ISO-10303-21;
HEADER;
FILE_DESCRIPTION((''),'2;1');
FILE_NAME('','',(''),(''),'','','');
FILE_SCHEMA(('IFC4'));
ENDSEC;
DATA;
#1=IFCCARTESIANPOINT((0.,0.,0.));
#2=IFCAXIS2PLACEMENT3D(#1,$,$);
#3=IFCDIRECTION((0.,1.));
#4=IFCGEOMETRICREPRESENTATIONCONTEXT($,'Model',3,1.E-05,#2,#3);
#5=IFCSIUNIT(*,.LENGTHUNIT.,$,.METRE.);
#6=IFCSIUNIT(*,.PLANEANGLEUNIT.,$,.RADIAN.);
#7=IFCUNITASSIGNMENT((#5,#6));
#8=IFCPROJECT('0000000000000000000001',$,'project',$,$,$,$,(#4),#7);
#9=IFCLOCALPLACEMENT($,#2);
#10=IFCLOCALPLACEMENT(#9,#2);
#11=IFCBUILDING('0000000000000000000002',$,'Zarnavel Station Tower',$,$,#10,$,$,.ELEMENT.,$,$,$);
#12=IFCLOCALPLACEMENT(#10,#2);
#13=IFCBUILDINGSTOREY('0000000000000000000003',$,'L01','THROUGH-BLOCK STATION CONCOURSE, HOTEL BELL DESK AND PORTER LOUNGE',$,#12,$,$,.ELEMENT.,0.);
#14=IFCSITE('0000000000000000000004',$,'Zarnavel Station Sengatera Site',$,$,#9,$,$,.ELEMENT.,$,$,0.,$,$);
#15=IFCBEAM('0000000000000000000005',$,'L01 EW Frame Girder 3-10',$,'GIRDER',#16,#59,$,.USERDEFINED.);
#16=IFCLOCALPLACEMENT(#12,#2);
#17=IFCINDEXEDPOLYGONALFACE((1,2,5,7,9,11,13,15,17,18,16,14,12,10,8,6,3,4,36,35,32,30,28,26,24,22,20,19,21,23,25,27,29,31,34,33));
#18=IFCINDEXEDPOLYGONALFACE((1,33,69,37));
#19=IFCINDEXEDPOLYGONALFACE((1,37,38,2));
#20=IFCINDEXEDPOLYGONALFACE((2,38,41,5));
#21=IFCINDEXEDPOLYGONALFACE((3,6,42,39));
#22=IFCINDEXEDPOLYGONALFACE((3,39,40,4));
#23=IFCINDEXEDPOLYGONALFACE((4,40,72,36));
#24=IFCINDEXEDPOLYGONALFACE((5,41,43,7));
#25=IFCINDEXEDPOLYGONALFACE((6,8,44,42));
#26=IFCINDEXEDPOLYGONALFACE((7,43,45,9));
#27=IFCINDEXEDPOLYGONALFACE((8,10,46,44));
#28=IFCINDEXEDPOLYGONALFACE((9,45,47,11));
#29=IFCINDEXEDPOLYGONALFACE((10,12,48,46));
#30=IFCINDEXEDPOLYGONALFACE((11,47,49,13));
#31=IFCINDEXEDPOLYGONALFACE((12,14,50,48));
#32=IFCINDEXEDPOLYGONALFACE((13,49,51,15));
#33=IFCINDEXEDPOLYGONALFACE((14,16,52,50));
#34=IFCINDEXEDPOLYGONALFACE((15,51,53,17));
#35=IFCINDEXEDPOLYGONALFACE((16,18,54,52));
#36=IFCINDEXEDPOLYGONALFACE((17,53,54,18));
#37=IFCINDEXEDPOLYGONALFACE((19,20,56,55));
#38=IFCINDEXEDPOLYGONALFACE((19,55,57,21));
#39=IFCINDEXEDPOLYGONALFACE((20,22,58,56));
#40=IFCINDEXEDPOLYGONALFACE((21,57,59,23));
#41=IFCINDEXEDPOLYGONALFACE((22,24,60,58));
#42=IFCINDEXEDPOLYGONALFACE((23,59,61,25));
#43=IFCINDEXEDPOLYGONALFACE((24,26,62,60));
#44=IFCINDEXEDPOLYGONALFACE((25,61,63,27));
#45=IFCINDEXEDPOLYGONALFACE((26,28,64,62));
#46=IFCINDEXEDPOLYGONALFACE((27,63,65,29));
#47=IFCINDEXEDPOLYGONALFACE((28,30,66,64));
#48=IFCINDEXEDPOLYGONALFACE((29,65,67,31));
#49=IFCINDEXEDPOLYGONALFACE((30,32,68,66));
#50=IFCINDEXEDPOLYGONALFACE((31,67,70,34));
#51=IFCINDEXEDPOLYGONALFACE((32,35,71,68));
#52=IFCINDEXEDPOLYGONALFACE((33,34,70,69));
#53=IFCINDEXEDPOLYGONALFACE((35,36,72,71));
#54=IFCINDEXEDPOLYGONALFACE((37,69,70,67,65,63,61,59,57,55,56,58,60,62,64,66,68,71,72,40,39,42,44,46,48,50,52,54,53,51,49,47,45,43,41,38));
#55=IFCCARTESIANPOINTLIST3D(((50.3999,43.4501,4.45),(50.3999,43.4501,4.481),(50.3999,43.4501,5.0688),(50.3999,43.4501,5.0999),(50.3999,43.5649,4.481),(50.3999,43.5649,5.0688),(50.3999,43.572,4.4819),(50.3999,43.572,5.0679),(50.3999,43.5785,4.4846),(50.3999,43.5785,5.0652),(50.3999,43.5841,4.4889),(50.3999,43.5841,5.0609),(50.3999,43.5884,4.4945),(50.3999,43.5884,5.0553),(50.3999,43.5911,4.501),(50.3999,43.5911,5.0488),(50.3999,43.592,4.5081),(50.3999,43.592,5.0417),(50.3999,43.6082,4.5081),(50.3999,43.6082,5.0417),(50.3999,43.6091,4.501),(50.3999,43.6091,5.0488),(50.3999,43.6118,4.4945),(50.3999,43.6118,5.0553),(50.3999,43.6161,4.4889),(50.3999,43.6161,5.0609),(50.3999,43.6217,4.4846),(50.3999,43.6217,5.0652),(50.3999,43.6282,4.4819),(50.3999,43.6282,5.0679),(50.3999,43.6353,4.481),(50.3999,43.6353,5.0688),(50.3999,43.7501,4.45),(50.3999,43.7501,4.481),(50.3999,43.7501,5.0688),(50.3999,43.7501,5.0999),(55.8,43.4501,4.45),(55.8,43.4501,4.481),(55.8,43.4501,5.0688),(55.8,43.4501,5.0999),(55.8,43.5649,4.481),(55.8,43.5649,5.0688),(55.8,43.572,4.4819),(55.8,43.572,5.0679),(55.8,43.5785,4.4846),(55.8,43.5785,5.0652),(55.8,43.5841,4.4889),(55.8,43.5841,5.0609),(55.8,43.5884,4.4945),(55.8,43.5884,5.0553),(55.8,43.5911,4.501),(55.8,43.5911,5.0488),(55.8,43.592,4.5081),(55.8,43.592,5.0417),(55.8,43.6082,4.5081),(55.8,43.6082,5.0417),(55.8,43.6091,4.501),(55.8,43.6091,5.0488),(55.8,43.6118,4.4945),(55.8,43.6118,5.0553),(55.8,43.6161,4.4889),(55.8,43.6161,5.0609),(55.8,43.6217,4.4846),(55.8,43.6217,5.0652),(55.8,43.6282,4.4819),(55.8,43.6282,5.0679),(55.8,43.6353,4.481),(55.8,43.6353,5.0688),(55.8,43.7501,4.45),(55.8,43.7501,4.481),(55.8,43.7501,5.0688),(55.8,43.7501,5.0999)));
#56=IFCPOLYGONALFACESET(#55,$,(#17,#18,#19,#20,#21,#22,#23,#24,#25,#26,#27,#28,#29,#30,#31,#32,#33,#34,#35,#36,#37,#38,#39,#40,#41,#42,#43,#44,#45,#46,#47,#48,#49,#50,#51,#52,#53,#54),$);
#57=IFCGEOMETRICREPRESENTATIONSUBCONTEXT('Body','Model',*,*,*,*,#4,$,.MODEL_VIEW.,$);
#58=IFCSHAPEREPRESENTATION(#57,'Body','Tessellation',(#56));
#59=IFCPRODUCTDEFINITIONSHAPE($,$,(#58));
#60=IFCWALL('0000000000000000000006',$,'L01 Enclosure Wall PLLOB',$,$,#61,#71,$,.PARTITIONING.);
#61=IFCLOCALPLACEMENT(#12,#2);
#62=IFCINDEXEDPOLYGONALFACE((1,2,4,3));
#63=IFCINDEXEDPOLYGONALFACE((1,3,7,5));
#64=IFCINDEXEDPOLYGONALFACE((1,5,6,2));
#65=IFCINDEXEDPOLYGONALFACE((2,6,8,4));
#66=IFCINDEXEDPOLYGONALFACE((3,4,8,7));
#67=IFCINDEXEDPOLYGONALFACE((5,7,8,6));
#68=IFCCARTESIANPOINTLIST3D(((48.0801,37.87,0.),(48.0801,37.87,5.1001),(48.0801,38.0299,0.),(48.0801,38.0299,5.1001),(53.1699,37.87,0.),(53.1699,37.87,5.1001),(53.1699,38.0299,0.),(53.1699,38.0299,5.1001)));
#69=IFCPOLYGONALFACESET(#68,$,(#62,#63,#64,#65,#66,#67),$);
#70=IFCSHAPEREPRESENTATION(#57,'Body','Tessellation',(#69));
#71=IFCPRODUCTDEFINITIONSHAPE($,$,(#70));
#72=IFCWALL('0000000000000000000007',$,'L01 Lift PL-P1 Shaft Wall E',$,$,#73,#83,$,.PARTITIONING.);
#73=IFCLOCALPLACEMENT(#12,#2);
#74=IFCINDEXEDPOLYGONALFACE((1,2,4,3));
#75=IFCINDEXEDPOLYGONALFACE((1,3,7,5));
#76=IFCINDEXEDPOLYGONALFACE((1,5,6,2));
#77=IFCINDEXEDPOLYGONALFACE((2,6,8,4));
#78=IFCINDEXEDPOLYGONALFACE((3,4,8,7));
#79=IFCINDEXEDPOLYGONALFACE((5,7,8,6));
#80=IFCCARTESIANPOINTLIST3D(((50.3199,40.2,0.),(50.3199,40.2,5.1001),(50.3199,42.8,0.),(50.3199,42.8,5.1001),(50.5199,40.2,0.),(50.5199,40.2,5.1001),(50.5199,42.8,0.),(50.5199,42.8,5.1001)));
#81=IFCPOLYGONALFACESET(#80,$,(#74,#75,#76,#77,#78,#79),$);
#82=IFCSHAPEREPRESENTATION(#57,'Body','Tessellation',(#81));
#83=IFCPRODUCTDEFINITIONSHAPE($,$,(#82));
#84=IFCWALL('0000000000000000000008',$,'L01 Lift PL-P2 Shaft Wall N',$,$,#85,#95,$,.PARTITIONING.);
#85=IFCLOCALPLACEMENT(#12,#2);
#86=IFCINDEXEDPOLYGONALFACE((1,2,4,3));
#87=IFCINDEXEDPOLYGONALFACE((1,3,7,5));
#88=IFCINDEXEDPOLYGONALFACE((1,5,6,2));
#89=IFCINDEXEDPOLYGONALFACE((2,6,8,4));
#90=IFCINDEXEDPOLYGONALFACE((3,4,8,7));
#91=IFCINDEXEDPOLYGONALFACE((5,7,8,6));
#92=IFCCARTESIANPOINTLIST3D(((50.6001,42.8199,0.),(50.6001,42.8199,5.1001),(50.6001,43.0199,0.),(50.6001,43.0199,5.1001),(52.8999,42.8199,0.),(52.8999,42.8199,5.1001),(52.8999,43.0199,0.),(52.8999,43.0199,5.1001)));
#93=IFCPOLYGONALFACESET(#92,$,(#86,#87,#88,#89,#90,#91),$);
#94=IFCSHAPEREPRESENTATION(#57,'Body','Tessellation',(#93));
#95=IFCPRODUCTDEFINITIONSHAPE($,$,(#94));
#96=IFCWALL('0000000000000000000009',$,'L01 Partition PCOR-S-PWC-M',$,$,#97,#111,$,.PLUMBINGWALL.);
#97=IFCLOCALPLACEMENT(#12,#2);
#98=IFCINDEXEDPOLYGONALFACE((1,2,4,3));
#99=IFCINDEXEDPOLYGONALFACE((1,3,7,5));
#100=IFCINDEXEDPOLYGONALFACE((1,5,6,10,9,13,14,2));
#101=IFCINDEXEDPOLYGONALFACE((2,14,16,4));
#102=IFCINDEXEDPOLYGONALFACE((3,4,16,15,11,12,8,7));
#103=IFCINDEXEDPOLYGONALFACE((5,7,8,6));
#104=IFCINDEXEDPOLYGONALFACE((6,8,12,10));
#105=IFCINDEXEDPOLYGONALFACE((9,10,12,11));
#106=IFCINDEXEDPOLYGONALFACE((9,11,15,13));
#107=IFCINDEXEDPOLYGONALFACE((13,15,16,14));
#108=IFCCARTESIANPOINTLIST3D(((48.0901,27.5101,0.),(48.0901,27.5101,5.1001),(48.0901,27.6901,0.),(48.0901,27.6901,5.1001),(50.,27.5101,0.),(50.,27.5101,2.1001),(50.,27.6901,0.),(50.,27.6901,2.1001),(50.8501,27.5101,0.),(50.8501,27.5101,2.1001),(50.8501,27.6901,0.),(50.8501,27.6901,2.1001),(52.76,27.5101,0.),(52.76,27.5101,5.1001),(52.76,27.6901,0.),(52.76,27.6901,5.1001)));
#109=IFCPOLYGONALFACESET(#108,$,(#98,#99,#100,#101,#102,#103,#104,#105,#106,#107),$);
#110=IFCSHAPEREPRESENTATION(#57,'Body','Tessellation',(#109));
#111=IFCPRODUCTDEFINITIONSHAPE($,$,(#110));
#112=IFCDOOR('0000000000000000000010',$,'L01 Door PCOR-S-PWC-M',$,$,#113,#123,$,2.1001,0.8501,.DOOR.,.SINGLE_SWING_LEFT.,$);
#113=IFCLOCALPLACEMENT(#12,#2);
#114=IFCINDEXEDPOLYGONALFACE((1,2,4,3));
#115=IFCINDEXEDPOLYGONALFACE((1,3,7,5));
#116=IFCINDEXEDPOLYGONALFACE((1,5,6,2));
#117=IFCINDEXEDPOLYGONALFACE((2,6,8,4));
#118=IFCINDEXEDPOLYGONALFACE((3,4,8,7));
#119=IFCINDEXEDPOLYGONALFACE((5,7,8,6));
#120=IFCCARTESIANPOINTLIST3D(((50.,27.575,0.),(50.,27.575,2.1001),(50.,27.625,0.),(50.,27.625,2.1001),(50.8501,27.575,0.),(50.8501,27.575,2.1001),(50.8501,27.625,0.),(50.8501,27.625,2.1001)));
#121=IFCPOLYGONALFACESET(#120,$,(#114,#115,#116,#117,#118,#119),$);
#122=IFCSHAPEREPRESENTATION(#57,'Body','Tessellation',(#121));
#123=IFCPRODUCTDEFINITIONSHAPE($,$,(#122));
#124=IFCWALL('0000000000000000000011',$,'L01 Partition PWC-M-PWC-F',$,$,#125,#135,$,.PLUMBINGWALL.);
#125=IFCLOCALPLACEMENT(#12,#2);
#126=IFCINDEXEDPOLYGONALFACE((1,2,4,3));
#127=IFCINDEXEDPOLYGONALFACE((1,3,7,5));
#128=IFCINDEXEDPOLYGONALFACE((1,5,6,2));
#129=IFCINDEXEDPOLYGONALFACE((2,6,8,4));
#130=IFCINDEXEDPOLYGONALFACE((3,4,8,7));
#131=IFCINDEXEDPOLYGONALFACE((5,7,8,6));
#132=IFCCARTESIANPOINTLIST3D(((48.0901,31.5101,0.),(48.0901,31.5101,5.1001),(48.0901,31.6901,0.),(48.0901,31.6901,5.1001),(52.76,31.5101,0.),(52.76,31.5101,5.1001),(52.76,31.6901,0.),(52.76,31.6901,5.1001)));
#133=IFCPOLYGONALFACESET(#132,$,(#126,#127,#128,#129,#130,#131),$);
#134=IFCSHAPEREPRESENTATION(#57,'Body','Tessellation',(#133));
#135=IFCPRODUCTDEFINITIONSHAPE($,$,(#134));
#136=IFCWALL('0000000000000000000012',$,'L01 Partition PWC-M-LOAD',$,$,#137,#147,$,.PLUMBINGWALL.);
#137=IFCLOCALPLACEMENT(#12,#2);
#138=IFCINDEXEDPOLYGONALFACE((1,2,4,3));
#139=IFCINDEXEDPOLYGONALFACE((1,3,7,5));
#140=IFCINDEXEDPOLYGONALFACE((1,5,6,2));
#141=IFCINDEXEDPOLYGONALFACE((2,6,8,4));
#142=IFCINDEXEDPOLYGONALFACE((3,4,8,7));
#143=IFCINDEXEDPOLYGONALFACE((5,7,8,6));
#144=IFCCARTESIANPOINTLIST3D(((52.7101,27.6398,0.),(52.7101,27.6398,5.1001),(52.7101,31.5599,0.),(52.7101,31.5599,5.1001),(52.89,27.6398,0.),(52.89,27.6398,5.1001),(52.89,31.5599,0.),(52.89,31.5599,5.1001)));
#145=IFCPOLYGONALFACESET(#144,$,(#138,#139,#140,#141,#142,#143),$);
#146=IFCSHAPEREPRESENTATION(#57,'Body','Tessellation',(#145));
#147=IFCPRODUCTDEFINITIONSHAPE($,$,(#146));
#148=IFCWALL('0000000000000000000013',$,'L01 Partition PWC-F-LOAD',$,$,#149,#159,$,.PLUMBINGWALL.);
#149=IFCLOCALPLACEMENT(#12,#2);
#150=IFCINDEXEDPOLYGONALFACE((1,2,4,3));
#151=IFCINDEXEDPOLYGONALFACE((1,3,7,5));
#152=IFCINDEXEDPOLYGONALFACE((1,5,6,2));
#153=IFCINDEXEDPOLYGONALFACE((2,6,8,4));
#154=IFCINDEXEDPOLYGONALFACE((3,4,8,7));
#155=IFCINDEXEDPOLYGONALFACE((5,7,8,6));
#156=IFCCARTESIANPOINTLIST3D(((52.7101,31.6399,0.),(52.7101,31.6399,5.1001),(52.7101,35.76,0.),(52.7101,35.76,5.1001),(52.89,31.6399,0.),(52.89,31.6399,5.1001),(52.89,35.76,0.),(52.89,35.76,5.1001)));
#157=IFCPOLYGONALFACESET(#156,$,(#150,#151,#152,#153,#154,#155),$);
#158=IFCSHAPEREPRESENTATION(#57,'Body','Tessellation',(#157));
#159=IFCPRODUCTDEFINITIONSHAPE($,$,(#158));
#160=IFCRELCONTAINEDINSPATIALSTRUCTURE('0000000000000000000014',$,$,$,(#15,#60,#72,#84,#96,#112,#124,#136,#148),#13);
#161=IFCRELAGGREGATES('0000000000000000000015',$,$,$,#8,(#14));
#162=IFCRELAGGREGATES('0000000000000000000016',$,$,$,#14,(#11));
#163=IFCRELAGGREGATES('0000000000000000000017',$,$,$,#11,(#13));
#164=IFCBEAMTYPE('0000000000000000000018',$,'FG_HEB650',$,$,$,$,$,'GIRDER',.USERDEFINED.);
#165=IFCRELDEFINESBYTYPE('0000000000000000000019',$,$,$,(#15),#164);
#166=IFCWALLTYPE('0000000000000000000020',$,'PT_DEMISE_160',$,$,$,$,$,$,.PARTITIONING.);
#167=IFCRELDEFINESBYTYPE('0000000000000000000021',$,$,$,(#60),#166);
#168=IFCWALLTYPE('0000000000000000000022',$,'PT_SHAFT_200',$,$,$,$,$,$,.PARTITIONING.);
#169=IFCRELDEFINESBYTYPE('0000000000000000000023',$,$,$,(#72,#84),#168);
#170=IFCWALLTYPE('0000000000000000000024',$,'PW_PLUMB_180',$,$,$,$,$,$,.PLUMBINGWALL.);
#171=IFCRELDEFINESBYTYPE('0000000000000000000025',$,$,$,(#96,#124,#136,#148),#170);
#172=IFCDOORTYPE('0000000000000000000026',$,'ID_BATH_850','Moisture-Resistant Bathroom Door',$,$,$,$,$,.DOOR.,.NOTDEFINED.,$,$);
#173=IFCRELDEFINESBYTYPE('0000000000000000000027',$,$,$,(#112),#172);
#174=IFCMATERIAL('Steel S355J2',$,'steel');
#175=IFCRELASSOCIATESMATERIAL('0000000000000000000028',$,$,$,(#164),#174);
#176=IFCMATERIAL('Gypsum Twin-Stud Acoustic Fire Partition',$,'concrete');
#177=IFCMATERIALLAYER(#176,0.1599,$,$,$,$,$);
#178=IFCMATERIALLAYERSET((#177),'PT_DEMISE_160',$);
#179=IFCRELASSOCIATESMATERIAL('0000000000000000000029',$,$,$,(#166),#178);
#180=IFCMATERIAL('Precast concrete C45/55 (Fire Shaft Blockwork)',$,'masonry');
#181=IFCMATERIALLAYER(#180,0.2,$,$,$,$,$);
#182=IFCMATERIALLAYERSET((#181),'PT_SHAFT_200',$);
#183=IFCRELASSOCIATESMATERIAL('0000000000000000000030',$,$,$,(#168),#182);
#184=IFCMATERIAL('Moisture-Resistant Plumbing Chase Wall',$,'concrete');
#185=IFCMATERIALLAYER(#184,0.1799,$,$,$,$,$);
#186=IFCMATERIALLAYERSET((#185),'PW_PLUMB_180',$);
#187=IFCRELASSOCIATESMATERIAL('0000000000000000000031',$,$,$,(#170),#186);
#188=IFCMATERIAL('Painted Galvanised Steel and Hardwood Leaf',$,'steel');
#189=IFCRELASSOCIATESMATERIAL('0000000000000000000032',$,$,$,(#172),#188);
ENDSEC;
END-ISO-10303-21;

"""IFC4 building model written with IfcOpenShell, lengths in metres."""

from ifc_helpers import new_model, si_unit, direction, frame, frame_2d, origin, origin_2d, place, context, subcontext, project, spatial, rectangle, i_section, extrude, material, layer, layer_set, material_profile, profile_set, type_object, element, fill, save


model = new_model("IFC4")

# Units and contexts
model_context = context("Model", 3, precision=1e-05, world=origin(), true_north=direction((0.0, 1.0)))
body_context = subcontext(model_context, "Body", "Model", "MODEL_VIEW")
ifc_project = project(units=[si_unit("LENGTHUNIT", "METRE"), si_unit("PLANEANGLEUNIT", "RADIAN")], contexts=[model_context])

# Site, building, storey
site_placement = place(None, origin())
site = spatial("IfcSite", under=ifc_project, at=site_placement, Name="Zarnavel Station Sengatera Site", CompositionType="ELEMENT", RefElevation=0.0)
building_placement = place(site_placement, origin())
building = spatial("IfcBuilding", under=site, at=building_placement, Name="Zarnavel Station Tower", CompositionType="ELEMENT")
storey_placement = place(building_placement, origin())
storey = spatial("IfcBuildingStorey", under=building, at=storey_placement, Name="L01", Description="THROUGH-BLOCK STATION CONCOURSE, HOTEL BELL DESK AND PORTER LOUNGE", CompositionType="ELEMENT", Elevation=0.0)

# Beam
ifc_material_1 = material(Name="Steel S355J2", Category="steel")
ifc_material_profile_1 = material_profile(ifc_material_1, i_section(OverallWidth=0.3, OverallDepth=0.6499, WebThickness=0.0161, FlangeThickness=0.031, FilletRadius=0.0271, at=origin_2d()), Name="HEB650")
ifc_profile_set_1 = profile_set([ifc_material_profile_1], Name="Steel S355J2")
beam_type = type_object("IfcBeamType", Name="FG_HEB650", ElementType="GIRDER", PredefinedType="USERDEFINED", material=ifc_profile_set_1)
beam_1_placement = place(storey_placement, frame((50.3999, 43.6001, 4.7749), z_axis=(1.0, 0.0, 0.0), x_axis=(0.0, 1.0, 0.0)))
element("IfcBeam", 1, at=beam_1_placement, inside=storey, type_object=beam_type, Name="L01 EW Frame Girder 3-10", ObjectType="GIRDER", PredefinedType="USERDEFINED", context=body_context, shape_type="SweptSolid", body=[
    extrude(i_section(OverallWidth=0.3, OverallDepth=0.6499, WebThickness=0.0161, FlangeThickness=0.031, FilletRadius=0.0271, at=origin_2d()), origin(), (0.0, 0.0, 1.0), 5.4001),
])

# Walls
ifc_material_2 = material(Name="Gypsum Twin-Stud Acoustic Fire Partition", Category="concrete")
ifc_layer_1 = layer(ifc_material_2, 0.1599)
ifc_layer_set_1 = layer_set([ifc_layer_1], Name="PT_DEMISE_160")
wall_type_1 = type_object("IfcWallType", Name="PT_DEMISE_160", PredefinedType="PARTITIONING", material=ifc_layer_set_1)
wall_1_placement = place(storey_placement, frame((48.0801, 37.95, 0.0), z_axis=(0.0, 0.0, 1.0), x_axis=(1.0, 0.0, 0.0)))
element("IfcWall", 2, at=wall_1_placement, inside=storey, type_object=wall_type_1, Name="L01 Enclosure Wall PLLOB", PredefinedType="PARTITIONING", context=body_context, shape_type="SweptSolid", body=[
    extrude(rectangle(XDim=5.0898, YDim=0.1599, at=frame_2d((2.5449, 0.0))), origin(), (0.0, 0.0, 1.0), 5.1001),
])
ifc_material_3 = material(Name="Precast concrete C45/55 (Fire Shaft Blockwork)", Category="masonry")
ifc_layer_2 = layer(ifc_material_3, 0.2)
ifc_layer_set_2 = layer_set([ifc_layer_2], Name="PT_SHAFT_200")
wall_type_2 = type_object("IfcWallType", Name="PT_SHAFT_200", PredefinedType="PARTITIONING", material=ifc_layer_set_2)
wall_2_placement = place(storey_placement, frame((50.4199, 40.2, 0.0), z_axis=(0.0, 0.0, 1.0), x_axis=(0.0, 1.0, 0.0)))
element("IfcWall", 3, at=wall_2_placement, inside=storey, type_object=wall_type_2, Name="L01 Lift PL-P1 Shaft Wall E", PredefinedType="PARTITIONING", context=body_context, shape_type="SweptSolid", body=[
    extrude(rectangle(XDim=2.6001, YDim=0.2, at=frame_2d((1.3, 0.0))), origin(), (0.0, 0.0, 1.0), 5.1001),
])

# Wall
wall_3_placement = place(storey_placement, frame((50.6001, 42.9199, 0.0), z_axis=(0.0, 0.0, 1.0), x_axis=(1.0, 0.0, 0.0)))
element("IfcWall", 4, at=wall_3_placement, inside=storey, type_object=wall_type_2, Name="L01 Lift PL-P2 Shaft Wall N", PredefinedType="PARTITIONING", context=body_context, shape_type="SweptSolid", body=[
    extrude(rectangle(XDim=2.2998, YDim=0.2, at=frame_2d((1.1499, 0.0))), origin(), (0.0, 0.0, 1.0), 5.1001),
])

# Wall, opening, door
ifc_material_4 = material(Name="Moisture-Resistant Plumbing Chase Wall", Category="concrete")
ifc_layer_3 = layer(ifc_material_4, 0.1799)
ifc_layer_set_3 = layer_set([ifc_layer_3], Name="PW_PLUMB_180")
wall_type_3 = type_object("IfcWallType", Name="PW_PLUMB_180", PredefinedType="PLUMBINGWALL", material=ifc_layer_set_3)
wall_4_placement = place(storey_placement, frame((48.0901, 27.6001, 0.0), z_axis=(0.0, 0.0, 1.0), x_axis=(1.0, 0.0, 0.0)))
wall_4 = element("IfcWall", 5, at=wall_4_placement, inside=storey, type_object=wall_type_3, Name="L01 Partition PCOR-S-PWC-M", PredefinedType="PLUMBINGWALL", context=body_context, shape_type="SweptSolid", body=[
    extrude(rectangle(XDim=4.6699, YDim=0.1799, at=frame_2d((2.335, 0.0))), origin(), (0.0, 0.0, 1.0), 5.1001),
])
opening_1_placement = place(wall_4_placement, frame((1.9099, 0.0, 0.0)))
opening_1 = element("IfcOpeningElement", 6, at=opening_1_placement, cuts=wall_4, PredefinedType="OPENING", context=body_context, shape_type="SweptSolid", body=[
    extrude(rectangle(XDim=0.8501, YDim=2.1001, at=frame_2d((0.425, 1.05))), frame((0.0, 0.0999, 0.0), z_axis=(0.0, -1.0, 0.0), x_axis=(1.0, 0.0, 0.0)), (0.0, 0.0, 1.0), 0.2),
])
ifc_material_5 = material(Name="Painted Galvanised Steel and Hardwood Leaf", Category="steel")
door_type_1 = type_object("IfcDoorType", Name="ID_BATH_850", Description="Moisture-Resistant Bathroom Door", OperationType="NOTDEFINED", PredefinedType="DOOR", material=ifc_material_5)
door_1_placement = place(opening_1_placement, origin())
door_1 = element("IfcDoor", 7, at=door_1_placement, inside=storey, type_object=door_type_1, Name="L01 Door PCOR-S-PWC-M", OperationType="SINGLE_SWING_LEFT", OverallHeight=2.1001, OverallWidth=0.8501, PredefinedType="DOOR", context=body_context, shape_type="SweptSolid", body=[
    extrude(rectangle(XDim=0.8501, YDim=2.1001, at=frame_2d((0.425, 1.05))), frame((0.0, 0.0249, 0.0), z_axis=(0.0, -1.0, 0.0), x_axis=(1.0, 0.0, 0.0)), (0.0, 0.0, 1.0), 0.05),
])
fill(opening_1, door_1)

# Walls
wall_5_placement = place(storey_placement, frame((48.0901, 31.6001, 0.0), z_axis=(0.0, 0.0, 1.0), x_axis=(1.0, 0.0, 0.0)))
element("IfcWall", 8, at=wall_5_placement, inside=storey, type_object=wall_type_3, Name="L01 Partition PWC-M-PWC-F", PredefinedType="PLUMBINGWALL", context=body_context, shape_type="SweptSolid", body=[
    extrude(rectangle(XDim=4.6699, YDim=0.1799, at=frame_2d((2.335, 0.0))), origin(), (0.0, 0.0, 1.0), 5.1001),
])
wall_6_placement = place(storey_placement, frame((52.8, 27.6399, 0.0), z_axis=(0.0, 0.0, 1.0), x_axis=(0.0, 1.0, 0.0)))
element("IfcWall", 9, at=wall_6_placement, inside=storey, type_object=wall_type_3, Name="L01 Partition PWC-M-LOAD", PredefinedType="PLUMBINGWALL", context=body_context, shape_type="SweptSolid", body=[
    extrude(rectangle(XDim=3.9202, YDim=0.1799, at=frame_2d((1.96, 0.0))), origin(), (0.0, 0.0, 1.0), 5.1001),
])
wall_7_placement = place(storey_placement, frame((52.8, 31.6399, 0.0), z_axis=(0.0, 0.0, 1.0), x_axis=(0.0, 1.0, 0.0)))
element("IfcWall", 10, at=wall_7_placement, inside=storey, type_object=wall_type_3, Name="L01 Partition PWC-F-LOAD", PredefinedType="PLUMBINGWALL", context=body_context, shape_type="SweptSolid", body=[
    extrude(rectangle(XDim=4.1201, YDim=0.1799, at=frame_2d((2.0601, 0.0))), origin(), (0.0, 0.0, 1.0), 5.1001),
])

save(model, "model.ifc")
